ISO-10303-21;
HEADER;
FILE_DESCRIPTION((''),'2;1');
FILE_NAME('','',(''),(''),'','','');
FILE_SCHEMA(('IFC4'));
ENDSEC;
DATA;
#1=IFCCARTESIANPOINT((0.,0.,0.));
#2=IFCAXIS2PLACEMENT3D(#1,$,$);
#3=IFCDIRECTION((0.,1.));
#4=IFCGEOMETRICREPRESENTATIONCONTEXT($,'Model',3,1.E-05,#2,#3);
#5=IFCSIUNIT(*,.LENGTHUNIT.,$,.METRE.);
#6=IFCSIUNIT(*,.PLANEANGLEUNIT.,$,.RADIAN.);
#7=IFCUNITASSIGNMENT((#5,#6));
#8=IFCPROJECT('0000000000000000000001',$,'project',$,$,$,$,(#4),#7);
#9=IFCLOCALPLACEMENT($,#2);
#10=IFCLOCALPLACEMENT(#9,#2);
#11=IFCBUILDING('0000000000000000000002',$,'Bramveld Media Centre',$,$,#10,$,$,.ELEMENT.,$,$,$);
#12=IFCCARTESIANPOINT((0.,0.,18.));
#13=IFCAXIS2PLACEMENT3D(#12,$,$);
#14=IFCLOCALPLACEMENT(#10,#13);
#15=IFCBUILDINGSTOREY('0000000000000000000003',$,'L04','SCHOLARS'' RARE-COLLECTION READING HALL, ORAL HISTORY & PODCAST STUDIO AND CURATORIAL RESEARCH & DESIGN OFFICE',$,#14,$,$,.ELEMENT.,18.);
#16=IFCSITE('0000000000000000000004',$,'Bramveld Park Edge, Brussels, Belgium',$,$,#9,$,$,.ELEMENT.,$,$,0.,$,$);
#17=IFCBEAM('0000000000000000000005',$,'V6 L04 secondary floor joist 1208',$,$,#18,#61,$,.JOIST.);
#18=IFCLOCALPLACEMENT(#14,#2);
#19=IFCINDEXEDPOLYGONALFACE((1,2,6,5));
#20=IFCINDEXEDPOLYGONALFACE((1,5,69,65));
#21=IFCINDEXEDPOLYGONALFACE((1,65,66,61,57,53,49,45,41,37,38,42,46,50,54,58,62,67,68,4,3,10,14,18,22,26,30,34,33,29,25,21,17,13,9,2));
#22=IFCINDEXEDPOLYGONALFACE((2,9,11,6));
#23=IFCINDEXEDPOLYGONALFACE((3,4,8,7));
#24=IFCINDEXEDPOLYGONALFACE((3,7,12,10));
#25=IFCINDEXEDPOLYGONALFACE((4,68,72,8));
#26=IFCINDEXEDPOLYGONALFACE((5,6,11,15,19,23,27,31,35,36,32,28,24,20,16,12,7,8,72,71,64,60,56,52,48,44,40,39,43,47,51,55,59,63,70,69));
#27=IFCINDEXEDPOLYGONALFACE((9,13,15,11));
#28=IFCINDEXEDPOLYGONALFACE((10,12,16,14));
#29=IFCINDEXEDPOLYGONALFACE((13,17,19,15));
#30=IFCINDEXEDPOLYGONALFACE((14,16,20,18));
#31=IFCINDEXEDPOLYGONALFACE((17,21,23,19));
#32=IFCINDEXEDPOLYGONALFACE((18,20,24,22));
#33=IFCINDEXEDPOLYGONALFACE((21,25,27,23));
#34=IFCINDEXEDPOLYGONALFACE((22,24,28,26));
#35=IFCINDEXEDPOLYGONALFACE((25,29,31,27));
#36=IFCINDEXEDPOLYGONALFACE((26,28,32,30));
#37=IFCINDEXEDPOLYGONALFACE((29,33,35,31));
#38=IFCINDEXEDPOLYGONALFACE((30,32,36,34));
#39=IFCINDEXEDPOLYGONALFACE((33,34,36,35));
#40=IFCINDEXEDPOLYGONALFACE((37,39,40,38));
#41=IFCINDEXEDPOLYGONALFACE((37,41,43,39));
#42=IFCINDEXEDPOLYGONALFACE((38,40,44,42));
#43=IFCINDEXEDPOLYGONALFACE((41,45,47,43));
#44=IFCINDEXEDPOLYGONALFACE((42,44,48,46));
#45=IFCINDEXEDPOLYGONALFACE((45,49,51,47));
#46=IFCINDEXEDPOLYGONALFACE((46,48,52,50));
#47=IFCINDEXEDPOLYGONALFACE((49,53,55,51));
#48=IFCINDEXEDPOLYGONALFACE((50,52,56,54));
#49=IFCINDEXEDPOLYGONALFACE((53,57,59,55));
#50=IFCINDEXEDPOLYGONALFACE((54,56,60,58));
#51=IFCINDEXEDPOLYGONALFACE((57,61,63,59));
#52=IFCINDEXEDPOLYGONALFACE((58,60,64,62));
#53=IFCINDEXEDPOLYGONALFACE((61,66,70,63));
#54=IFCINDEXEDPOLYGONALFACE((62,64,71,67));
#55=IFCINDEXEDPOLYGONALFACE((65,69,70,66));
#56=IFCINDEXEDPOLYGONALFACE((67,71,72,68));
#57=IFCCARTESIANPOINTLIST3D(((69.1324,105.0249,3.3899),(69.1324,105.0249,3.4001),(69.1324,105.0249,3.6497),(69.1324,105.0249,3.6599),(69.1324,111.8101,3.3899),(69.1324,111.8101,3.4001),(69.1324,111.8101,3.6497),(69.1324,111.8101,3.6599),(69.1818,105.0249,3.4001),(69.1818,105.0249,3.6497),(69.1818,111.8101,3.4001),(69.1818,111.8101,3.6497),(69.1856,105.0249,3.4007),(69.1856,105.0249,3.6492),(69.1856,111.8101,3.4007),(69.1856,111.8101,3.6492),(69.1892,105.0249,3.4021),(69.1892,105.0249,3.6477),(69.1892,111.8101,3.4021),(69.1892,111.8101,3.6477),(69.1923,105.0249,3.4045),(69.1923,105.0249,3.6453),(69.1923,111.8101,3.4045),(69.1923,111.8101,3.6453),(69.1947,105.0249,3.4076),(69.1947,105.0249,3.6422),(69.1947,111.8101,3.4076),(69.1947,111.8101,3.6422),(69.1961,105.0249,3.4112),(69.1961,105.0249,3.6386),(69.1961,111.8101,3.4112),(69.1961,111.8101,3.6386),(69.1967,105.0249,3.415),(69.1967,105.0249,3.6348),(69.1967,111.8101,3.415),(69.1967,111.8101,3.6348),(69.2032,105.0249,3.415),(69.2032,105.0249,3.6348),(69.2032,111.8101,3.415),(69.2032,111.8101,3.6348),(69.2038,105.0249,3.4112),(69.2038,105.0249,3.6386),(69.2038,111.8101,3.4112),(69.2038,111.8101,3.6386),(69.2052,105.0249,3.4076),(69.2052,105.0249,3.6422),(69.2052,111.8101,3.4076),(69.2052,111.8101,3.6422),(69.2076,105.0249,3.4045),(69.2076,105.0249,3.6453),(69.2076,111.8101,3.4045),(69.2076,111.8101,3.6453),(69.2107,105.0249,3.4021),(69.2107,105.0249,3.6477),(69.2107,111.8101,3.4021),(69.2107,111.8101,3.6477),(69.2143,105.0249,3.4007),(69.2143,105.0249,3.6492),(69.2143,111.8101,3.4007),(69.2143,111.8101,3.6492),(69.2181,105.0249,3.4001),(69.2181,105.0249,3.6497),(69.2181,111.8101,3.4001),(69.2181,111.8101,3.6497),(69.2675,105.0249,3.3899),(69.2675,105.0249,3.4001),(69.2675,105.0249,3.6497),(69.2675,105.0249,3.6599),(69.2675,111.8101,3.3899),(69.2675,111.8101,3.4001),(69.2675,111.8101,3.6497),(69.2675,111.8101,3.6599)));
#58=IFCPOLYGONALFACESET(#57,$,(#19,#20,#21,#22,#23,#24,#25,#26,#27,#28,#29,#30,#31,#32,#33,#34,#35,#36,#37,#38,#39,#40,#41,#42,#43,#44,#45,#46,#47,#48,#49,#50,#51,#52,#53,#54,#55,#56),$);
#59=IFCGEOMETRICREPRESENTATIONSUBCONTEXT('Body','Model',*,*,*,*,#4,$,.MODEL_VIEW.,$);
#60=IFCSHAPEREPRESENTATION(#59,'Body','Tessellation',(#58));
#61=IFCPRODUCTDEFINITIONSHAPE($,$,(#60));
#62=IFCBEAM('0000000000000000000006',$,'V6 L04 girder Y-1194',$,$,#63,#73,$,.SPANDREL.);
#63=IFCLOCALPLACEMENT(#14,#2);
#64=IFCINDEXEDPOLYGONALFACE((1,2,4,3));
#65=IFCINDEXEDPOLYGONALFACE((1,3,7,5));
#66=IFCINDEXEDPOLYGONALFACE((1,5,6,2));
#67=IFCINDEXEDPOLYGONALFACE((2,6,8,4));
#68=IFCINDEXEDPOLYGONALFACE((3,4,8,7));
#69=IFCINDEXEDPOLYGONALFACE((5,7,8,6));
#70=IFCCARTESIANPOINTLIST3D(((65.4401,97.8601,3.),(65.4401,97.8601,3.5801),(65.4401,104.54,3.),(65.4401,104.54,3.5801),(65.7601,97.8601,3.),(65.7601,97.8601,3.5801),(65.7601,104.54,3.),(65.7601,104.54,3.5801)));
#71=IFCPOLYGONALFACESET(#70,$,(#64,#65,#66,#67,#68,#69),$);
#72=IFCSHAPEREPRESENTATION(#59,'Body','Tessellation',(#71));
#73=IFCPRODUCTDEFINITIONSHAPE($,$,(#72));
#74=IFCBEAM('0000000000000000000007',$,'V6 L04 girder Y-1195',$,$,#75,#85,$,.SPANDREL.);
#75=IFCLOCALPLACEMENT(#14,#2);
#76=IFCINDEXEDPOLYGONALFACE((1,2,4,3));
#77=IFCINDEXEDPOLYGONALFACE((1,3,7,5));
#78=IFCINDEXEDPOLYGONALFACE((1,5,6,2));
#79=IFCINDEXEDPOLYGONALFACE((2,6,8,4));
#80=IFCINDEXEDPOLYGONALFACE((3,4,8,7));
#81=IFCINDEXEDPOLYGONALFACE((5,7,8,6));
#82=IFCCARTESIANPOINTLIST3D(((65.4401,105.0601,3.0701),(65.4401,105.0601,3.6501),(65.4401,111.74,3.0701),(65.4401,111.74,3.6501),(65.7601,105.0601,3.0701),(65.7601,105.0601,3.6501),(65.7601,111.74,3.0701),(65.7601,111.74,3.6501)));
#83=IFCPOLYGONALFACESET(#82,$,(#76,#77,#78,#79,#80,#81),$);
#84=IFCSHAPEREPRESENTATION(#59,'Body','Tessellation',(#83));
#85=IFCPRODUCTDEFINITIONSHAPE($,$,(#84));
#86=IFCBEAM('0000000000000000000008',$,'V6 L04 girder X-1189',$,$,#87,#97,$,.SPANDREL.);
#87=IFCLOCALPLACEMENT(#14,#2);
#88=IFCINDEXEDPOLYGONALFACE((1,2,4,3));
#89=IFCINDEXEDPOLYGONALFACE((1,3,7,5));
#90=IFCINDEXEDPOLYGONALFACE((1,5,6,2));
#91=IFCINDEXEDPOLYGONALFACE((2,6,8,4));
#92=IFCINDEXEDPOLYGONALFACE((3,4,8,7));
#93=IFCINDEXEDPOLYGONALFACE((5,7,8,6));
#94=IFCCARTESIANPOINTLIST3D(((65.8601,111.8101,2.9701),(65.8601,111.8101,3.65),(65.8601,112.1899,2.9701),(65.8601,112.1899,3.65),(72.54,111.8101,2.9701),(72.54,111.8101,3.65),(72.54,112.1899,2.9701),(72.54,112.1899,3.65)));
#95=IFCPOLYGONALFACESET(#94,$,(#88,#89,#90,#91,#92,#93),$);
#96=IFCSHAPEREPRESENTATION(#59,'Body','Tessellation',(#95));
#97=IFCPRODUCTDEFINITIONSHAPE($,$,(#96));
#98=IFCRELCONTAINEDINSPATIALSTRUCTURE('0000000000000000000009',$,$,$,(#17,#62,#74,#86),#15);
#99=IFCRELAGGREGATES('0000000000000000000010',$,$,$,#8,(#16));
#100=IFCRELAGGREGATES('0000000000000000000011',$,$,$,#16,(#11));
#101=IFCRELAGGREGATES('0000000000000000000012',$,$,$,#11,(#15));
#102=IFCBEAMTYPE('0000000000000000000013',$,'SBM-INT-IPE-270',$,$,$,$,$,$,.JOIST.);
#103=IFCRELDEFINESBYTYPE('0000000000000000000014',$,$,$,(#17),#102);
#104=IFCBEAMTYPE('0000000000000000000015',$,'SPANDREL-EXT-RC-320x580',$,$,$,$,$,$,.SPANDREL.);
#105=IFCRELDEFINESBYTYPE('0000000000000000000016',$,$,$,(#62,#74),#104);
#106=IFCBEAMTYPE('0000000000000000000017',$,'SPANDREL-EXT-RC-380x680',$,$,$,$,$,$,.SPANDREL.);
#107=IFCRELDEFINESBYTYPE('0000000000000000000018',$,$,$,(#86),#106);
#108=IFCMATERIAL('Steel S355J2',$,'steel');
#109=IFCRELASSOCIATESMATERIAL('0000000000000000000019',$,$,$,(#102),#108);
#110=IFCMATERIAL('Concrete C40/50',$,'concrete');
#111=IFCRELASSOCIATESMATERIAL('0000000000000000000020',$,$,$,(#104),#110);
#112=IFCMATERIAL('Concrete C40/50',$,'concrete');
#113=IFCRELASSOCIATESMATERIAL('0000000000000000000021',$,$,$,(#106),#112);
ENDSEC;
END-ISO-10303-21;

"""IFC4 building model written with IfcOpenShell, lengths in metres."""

from ifc_helpers import new_model, si_unit, direction, frame, origin, origin_2d, place, context, subcontext, project, spatial, rectangle, i_section, extrude, material, material_profile, profile_set, type_object, element, save


model = new_model("IFC4")

# Units and contexts
model_context = context("Model", 3, precision=1e-05, world=origin(), true_north=direction((0.0, 1.0)))
body_context = subcontext(model_context, "Body", "Model", "MODEL_VIEW")
ifc_project = project(units=[si_unit("LENGTHUNIT", "METRE"), si_unit("PLANEANGLEUNIT", "RADIAN")], contexts=[model_context])

# Site, building, storey
site_placement = place(None, origin())
site = spatial("IfcSite", under=ifc_project, at=site_placement, Name="Bramveld Park Edge, Brussels, Belgium", CompositionType="ELEMENT", RefElevation=0.0)
building_placement = place(site_placement, origin())
building = spatial("IfcBuilding", under=site, at=building_placement, Name="Bramveld Media Centre", CompositionType="ELEMENT")
storey_placement = place(building_placement, frame((0.0, 0.0, 18.0)))
storey = spatial("IfcBuildingStorey", under=building, at=storey_placement, Name="L04", Description="SCHOLARS' RARE-COLLECTION READING HALL, ORAL HISTORY & PODCAST STUDIO AND CURATORIAL RESEARCH & DESIGN OFFICE", CompositionType="ELEMENT", Elevation=18.0)

# Beams
ifc_material_1 = material(Name="Steel S355J2", Category="steel")
ifc_material_profile_1 = material_profile(ifc_material_1, i_section(OverallWidth=0.135, OverallDepth=0.27, WebThickness=0.0066, FlangeThickness=0.0103, FilletRadius=0.0149, at=origin_2d()), Name="IPE 270")
ifc_profile_set_1 = profile_set([ifc_material_profile_1], Name="Steel S355J2")
beam_type_1 = type_object("IfcBeamType", Name="SBM-INT-IPE-270", PredefinedType="JOIST", material=ifc_profile_set_1)
beam_1_placement = place(storey_placement, frame((69.2, 105.0249, 3.5249), z_axis=(0.0, 1.0, 0.0), x_axis=(-1.0, 0.0, 0.0)))
element("IfcBeam", 1, at=beam_1_placement, inside=storey, type_object=beam_type_1, Name="V6 L04 secondary floor joist 1208", PredefinedType="JOIST", context=body_context, shape_type="SweptSolid", body=[
    extrude(i_section(OverallWidth=0.135, OverallDepth=0.27, WebThickness=0.0066, FlangeThickness=0.0103, FilletRadius=0.0149, at=origin_2d()), origin(), (0.0, 0.0, 1.0), 6.7852),
])
ifc_material_2 = material(Name="Concrete C40/50", Category="concrete")
ifc_material_profile_2 = material_profile(ifc_material_2, rectangle(XDim=0.3201, YDim=0.5801, at=origin_2d()), Name="RC 320x580")
ifc_profile_set_2 = profile_set([ifc_material_profile_2], Name="Concrete C40/50")
beam_type_2 = type_object("IfcBeamType", Name="SPANDREL-EXT-RC-320x580", PredefinedType="SPANDREL", material=ifc_profile_set_2)
for number, where, z_axis, x_axis, name in (
    (2, (65.6001, 97.8601, 3.29), (0.0, 1.0, 0.0), (-1.0, 0.0, 0.0), "V6 L04 girder Y-1194"),
    (3, (65.6001, 105.0601, 3.3601), (0.0, 1.0, 0.0), (-1.0, 0.0, 0.0), "V6 L04 girder Y-1195"),
):
    element("IfcBeam", number, at=place(storey_placement, frame(where, z_axis=z_axis, x_axis=x_axis)), inside=storey, type_object=beam_type_2, Name=name, PredefinedType="SPANDREL", context=body_context, shape_type="SweptSolid", body=[
        extrude(rectangle(XDim=0.3201, YDim=0.5801, at=origin_2d()), origin(), (0.0, 0.0, 1.0), 6.6799),
    ])
ifc_material_3 = material(Name="Concrete C40/50", Category="concrete")
ifc_material_profile_3 = material_profile(ifc_material_3, rectangle(XDim=0.3799, YDim=0.6799, at=origin_2d()), Name="RC 380x680")
ifc_profile_set_3 = profile_set([ifc_material_profile_3], Name="Concrete C40/50")
beam_type_3 = type_object("IfcBeamType", Name="SPANDREL-EXT-RC-380x680", PredefinedType="SPANDREL", material=ifc_profile_set_3)
beam_2_placement = place(storey_placement, frame((65.8601, 112.0, 3.3101), z_axis=(1.0, 0.0, 0.0), x_axis=(0.0, 1.0, 0.0)))
element("IfcBeam", 4, at=beam_2_placement, inside=storey, type_object=beam_type_3, Name="V6 L04 girder X-1189", PredefinedType="SPANDREL", context=body_context, shape_type="SweptSolid", body=[
    extrude(rectangle(XDim=0.3799, YDim=0.6799, at=origin_2d()), origin(), (0.0, 0.0, 1.0), 6.6799),
])

save(model, "model.ifc")
